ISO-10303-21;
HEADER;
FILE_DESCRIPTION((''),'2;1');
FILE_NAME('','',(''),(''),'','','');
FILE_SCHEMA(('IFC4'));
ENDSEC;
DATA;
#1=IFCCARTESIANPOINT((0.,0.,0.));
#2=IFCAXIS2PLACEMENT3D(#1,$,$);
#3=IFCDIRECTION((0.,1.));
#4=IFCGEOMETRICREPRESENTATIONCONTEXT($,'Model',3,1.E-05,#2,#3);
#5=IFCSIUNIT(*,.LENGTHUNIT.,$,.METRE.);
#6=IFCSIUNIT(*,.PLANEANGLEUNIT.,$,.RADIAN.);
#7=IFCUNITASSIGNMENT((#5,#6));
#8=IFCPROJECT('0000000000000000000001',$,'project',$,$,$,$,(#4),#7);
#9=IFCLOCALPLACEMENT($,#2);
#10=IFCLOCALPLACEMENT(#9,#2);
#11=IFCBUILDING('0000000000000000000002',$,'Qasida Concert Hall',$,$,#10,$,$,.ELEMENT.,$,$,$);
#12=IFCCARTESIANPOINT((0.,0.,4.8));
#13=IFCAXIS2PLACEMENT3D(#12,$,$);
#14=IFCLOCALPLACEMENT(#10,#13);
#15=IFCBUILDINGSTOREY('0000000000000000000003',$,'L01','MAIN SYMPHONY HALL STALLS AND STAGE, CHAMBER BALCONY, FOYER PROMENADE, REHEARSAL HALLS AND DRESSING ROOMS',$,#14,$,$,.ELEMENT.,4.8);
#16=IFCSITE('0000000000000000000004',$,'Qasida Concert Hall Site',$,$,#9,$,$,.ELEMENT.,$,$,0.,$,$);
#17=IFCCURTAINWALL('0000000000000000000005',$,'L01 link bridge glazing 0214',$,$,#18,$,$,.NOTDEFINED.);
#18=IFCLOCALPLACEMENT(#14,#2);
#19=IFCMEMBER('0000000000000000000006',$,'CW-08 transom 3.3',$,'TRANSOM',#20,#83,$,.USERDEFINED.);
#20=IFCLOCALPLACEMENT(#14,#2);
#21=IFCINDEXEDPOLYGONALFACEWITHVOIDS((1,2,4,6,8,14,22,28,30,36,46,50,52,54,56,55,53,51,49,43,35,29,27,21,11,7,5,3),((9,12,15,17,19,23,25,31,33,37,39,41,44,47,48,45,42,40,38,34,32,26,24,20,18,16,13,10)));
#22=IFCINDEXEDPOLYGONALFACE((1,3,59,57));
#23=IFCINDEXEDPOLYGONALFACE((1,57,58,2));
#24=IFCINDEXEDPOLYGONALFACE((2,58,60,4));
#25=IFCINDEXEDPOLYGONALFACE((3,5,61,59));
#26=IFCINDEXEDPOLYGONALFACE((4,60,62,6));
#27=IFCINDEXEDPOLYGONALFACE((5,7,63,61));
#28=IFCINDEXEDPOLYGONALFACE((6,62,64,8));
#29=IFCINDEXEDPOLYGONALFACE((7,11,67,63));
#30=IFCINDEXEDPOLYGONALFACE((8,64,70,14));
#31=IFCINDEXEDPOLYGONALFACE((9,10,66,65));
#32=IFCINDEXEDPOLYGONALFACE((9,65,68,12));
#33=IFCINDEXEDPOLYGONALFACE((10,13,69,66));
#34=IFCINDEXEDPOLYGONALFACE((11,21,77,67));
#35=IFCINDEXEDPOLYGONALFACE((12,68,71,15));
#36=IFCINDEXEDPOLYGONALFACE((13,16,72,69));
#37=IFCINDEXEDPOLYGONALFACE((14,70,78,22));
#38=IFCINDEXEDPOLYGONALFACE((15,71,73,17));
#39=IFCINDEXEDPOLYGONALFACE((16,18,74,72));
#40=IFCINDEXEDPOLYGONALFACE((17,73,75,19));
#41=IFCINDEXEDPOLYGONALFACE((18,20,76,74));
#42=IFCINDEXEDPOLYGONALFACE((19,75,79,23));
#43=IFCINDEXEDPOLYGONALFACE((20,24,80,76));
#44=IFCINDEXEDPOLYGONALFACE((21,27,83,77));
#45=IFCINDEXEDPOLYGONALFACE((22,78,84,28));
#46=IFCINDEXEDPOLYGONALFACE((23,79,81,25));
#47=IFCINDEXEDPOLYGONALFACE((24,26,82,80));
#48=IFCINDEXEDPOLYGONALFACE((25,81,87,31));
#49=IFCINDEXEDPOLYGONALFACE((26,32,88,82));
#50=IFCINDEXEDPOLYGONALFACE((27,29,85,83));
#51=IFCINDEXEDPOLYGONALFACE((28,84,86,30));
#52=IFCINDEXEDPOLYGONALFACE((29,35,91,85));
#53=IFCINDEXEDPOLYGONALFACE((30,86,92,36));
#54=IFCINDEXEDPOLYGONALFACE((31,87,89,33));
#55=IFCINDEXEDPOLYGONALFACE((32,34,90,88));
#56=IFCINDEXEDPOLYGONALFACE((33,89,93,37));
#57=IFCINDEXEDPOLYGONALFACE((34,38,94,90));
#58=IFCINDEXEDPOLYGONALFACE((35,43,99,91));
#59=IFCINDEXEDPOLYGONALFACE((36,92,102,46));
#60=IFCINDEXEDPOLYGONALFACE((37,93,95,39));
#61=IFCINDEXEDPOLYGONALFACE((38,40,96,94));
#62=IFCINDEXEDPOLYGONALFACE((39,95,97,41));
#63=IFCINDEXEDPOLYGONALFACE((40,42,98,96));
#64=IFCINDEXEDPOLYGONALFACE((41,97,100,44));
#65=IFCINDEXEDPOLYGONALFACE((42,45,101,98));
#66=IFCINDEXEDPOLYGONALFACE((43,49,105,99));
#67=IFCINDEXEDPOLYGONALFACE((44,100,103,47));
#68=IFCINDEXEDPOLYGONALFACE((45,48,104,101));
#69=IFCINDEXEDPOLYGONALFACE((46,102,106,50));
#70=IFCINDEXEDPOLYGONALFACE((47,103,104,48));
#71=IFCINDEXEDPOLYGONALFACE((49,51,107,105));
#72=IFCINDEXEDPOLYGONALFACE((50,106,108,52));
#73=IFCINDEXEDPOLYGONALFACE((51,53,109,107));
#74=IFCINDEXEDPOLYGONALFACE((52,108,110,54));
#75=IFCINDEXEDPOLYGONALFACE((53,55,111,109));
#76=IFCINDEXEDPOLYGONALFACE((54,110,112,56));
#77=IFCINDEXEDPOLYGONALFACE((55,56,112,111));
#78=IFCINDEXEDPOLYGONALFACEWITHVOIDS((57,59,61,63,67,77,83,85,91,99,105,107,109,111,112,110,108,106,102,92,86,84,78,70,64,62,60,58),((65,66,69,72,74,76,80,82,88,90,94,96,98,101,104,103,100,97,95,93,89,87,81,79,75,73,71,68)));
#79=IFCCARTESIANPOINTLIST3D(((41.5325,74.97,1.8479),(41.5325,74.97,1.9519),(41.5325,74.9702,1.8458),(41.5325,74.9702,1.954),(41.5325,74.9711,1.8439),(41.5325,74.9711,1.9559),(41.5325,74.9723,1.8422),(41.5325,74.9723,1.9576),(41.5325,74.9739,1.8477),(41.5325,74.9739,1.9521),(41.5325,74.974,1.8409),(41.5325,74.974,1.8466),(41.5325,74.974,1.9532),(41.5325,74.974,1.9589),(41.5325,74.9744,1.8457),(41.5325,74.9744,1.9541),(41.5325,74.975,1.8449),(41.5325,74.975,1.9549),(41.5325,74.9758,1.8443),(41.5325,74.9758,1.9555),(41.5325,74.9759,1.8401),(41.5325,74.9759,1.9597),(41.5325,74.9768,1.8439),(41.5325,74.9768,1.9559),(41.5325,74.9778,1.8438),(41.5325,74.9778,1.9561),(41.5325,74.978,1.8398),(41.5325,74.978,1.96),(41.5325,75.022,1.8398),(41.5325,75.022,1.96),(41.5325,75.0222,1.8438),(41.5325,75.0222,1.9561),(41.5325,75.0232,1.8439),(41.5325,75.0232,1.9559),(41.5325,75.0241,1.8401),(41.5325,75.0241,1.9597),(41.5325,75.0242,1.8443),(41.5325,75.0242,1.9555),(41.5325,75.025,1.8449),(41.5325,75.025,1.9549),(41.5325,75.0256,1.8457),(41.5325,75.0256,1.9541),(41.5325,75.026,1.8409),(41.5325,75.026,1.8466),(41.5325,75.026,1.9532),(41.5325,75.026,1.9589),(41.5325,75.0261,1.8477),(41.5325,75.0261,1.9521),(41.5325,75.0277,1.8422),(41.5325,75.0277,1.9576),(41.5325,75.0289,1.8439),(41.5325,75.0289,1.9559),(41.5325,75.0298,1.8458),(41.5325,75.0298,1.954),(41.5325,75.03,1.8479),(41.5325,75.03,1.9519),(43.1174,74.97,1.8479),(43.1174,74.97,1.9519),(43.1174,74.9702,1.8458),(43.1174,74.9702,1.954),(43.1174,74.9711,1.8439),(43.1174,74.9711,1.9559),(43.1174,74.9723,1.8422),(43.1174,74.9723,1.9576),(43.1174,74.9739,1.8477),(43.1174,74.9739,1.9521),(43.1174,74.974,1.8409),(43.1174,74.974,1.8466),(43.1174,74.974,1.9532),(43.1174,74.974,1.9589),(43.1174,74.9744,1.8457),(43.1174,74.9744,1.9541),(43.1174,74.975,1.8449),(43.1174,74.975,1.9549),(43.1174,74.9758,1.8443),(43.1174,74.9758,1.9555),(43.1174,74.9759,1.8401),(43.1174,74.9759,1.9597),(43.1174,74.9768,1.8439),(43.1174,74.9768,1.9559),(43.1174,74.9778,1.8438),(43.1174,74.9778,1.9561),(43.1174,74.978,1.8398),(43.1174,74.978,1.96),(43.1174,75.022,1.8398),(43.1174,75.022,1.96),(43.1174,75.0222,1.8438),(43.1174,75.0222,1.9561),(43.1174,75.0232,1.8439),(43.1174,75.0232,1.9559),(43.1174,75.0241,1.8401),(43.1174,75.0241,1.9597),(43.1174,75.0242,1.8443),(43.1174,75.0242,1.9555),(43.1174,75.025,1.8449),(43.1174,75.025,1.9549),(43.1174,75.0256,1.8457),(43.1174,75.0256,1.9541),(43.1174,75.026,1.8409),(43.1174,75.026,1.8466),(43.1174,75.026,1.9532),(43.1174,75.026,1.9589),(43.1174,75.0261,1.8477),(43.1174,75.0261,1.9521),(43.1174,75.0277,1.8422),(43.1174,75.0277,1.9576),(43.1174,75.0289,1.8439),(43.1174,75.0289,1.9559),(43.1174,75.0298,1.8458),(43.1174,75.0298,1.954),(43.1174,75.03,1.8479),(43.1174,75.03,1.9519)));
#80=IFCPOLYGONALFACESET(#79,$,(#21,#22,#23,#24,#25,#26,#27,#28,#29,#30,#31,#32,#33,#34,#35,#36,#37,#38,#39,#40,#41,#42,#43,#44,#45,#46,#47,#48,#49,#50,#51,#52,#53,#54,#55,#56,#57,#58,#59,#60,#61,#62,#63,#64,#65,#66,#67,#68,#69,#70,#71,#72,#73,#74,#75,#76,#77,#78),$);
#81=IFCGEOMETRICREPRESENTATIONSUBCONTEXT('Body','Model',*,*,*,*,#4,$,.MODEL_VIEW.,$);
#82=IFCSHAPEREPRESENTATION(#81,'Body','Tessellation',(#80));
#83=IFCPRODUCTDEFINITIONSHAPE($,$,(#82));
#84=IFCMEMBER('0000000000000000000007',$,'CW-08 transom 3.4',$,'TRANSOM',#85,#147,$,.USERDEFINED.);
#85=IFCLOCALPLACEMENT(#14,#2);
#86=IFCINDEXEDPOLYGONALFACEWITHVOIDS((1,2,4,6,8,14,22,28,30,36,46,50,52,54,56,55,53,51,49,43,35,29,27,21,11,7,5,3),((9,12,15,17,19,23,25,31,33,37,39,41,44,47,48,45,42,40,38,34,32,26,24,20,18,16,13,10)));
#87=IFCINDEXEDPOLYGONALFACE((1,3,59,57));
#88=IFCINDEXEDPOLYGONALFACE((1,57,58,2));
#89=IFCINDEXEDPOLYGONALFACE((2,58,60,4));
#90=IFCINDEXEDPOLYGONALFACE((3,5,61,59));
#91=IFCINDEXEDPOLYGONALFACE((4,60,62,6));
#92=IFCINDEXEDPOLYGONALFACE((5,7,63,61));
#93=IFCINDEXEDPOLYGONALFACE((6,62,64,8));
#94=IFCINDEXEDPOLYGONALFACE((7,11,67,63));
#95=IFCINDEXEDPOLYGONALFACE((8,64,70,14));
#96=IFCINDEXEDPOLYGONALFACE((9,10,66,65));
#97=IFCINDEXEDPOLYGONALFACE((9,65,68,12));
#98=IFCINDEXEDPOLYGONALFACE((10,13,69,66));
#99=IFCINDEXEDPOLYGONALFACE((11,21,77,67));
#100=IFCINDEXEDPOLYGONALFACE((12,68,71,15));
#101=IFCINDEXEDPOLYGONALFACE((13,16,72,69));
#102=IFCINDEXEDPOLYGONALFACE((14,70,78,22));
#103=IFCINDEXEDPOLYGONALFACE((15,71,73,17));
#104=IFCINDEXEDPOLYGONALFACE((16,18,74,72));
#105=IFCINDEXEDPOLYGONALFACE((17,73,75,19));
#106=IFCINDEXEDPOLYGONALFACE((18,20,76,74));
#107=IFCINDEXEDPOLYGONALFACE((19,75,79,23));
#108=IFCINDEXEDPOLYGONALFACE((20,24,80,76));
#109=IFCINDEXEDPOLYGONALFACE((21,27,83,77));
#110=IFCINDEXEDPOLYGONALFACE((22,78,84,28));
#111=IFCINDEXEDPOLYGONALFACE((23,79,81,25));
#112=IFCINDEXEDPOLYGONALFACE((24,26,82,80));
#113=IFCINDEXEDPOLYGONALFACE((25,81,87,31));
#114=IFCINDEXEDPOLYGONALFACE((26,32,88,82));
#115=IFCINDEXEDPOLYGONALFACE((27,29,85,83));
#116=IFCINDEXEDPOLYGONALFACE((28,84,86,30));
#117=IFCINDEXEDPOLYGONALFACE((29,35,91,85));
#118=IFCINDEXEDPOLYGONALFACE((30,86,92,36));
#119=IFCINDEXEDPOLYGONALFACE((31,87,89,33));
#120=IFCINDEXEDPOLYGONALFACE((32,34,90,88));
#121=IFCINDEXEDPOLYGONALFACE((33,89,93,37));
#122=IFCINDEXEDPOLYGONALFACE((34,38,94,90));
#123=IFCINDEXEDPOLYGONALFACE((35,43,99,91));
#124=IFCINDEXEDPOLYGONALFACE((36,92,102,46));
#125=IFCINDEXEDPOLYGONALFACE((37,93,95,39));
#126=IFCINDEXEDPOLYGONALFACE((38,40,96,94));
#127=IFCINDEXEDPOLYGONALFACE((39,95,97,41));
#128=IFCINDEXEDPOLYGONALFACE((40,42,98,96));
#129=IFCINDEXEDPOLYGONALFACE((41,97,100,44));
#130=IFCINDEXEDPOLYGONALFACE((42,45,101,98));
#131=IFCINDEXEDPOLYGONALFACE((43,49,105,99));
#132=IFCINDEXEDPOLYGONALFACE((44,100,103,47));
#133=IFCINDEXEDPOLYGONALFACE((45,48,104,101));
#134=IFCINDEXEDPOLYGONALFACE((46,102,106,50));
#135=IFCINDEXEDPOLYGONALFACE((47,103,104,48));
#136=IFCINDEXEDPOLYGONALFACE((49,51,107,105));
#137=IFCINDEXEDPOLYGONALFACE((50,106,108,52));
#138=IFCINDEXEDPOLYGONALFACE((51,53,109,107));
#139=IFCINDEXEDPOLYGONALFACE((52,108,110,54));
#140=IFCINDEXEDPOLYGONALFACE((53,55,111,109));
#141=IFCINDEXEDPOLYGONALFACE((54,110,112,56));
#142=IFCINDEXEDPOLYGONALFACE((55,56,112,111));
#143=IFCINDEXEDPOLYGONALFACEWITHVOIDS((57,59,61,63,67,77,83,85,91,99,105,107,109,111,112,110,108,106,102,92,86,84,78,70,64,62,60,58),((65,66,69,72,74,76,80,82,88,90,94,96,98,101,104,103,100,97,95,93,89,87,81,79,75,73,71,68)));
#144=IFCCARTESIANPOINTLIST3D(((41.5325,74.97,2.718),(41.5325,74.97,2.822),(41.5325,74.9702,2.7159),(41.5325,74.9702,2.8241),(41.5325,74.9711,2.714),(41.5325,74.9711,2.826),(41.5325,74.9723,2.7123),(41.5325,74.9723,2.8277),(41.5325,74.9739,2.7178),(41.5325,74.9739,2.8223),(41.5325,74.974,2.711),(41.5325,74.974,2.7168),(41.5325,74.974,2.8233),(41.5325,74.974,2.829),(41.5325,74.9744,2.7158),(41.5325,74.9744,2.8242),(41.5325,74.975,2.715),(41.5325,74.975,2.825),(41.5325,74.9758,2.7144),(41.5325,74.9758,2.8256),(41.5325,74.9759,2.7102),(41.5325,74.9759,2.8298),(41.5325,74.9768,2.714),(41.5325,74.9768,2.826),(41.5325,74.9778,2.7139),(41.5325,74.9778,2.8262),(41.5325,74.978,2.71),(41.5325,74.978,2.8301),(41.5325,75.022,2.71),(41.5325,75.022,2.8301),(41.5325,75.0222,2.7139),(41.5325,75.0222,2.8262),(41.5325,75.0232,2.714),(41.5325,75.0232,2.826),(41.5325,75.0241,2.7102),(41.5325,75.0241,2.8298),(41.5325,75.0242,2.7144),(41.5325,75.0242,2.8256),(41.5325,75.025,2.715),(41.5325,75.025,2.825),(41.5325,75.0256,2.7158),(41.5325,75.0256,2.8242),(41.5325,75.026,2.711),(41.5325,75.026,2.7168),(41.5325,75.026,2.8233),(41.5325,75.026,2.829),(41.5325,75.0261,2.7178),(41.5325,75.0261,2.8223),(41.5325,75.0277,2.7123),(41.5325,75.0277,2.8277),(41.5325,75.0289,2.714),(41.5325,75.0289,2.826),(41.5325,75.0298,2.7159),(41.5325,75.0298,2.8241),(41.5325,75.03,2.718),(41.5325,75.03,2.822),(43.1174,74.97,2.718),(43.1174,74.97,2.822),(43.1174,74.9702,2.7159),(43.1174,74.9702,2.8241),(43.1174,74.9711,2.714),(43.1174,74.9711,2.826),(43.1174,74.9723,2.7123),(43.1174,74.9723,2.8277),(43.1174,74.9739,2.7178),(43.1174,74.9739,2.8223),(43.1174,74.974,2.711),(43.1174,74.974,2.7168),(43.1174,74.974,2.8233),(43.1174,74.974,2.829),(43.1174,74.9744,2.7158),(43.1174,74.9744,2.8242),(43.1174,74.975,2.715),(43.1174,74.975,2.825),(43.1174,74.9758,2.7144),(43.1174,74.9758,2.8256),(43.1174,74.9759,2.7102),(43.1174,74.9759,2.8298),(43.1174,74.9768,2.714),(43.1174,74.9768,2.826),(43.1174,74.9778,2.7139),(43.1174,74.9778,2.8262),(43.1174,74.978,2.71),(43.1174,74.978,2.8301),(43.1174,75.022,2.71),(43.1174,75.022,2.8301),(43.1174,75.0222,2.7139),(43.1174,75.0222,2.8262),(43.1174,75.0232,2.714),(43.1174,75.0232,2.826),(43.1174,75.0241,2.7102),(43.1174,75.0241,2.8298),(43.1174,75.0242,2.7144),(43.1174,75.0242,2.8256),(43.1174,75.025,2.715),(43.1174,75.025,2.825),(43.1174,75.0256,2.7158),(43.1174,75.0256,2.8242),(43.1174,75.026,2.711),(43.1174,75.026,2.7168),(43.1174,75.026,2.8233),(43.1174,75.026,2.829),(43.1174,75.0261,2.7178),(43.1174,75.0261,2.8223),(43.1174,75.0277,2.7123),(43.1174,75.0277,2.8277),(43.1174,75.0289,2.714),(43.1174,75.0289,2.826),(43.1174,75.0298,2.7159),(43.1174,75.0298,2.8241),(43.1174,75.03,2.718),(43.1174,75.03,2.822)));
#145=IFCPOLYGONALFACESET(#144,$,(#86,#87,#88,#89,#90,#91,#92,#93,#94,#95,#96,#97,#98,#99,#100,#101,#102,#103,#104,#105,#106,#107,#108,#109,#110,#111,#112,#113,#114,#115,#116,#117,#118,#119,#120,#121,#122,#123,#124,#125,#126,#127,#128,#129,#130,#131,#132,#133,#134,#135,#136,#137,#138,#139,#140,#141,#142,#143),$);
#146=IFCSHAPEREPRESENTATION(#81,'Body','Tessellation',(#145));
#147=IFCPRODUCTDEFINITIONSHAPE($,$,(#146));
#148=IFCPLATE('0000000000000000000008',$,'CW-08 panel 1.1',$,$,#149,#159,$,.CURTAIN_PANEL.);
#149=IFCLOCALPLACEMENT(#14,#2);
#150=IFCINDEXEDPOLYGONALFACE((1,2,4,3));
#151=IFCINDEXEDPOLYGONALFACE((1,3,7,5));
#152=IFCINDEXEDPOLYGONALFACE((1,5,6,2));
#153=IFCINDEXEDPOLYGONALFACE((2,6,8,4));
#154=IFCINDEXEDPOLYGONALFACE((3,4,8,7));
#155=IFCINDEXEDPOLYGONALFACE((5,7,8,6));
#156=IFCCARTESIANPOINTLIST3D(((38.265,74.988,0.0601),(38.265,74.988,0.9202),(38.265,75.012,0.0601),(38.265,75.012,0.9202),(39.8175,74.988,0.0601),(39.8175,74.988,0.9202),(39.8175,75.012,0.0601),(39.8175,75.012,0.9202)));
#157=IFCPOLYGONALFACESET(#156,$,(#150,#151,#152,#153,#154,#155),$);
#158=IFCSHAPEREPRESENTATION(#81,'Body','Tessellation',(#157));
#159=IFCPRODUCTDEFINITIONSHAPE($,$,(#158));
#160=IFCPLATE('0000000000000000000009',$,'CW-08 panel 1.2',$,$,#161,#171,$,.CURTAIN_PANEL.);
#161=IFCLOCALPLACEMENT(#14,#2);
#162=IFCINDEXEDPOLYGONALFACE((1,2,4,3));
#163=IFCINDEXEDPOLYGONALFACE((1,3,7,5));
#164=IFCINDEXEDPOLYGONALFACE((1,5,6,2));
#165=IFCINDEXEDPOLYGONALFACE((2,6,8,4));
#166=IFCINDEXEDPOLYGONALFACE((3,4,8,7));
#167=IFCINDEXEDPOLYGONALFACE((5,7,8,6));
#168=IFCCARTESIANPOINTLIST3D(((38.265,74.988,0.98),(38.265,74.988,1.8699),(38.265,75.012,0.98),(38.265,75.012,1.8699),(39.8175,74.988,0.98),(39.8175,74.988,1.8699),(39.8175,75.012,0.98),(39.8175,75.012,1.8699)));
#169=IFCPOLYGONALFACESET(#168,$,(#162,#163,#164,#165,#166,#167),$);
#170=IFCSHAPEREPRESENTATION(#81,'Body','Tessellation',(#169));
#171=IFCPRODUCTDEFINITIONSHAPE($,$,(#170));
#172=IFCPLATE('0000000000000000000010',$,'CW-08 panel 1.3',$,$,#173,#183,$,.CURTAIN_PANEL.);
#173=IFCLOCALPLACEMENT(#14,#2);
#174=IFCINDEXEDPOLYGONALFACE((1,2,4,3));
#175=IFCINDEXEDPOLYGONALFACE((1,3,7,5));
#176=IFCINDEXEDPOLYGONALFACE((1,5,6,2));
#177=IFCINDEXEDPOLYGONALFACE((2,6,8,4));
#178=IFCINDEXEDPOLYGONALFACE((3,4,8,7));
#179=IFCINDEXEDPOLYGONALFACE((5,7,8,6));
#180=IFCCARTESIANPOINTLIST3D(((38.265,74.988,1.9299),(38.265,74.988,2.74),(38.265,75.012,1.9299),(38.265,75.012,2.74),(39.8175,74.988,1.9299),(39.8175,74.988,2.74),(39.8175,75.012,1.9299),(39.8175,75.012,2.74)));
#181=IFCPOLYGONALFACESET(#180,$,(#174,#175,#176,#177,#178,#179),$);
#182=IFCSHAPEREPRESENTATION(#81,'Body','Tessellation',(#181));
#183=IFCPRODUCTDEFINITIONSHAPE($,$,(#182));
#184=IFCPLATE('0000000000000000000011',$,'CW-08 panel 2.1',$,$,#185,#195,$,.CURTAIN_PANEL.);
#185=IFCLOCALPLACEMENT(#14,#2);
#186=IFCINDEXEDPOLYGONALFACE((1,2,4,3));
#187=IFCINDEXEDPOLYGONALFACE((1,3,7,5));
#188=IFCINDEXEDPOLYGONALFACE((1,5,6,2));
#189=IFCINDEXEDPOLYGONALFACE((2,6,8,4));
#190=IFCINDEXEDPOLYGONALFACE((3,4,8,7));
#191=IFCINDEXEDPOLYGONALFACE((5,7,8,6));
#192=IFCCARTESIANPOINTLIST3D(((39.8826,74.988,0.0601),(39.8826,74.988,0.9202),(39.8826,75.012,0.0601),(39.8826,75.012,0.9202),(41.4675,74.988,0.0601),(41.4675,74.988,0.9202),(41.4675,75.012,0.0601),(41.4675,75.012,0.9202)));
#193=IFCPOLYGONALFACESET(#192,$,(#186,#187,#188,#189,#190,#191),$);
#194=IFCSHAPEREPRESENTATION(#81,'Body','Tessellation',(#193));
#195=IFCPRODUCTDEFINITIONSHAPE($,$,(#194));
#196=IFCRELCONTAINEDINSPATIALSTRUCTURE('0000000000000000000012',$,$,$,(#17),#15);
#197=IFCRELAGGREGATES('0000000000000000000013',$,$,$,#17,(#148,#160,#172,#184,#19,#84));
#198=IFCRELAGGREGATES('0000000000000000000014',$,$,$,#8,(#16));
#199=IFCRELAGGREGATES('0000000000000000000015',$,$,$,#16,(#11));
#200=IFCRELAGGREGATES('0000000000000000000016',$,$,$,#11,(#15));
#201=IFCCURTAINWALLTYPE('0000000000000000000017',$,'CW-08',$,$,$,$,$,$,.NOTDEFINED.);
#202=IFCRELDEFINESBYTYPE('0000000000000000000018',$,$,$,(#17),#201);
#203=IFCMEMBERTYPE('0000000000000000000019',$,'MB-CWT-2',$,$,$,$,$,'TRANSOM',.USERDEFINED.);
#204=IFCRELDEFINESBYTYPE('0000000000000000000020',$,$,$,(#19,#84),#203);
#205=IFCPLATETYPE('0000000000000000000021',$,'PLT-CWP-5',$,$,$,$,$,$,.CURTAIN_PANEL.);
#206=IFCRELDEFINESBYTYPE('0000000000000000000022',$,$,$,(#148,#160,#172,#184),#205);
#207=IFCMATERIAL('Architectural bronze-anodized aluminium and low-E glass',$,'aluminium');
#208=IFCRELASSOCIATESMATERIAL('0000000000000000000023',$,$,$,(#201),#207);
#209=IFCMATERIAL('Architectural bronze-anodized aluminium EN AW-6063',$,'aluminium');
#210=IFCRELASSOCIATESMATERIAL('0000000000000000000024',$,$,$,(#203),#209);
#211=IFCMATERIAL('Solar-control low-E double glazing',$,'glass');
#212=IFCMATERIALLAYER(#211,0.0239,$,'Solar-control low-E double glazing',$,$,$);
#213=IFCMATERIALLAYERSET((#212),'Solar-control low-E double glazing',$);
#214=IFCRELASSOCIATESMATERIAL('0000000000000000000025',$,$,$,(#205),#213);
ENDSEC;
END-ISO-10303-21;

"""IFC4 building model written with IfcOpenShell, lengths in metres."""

from ifc_helpers import new_model, si_unit, direction, frame, origin, origin_2d, place, context, subcontext, project, spatial, rectangle, hollow_rectangle, extrude, material, layer, layer_set, material_profile, profile_set, type_object, element, aggregate, save


model = new_model("IFC4")

# Units and contexts
model_context = context("Model", 3, precision=1e-05, world=origin(), true_north=direction((0.0, 1.0)))
body_context = subcontext(model_context, "Body", "Model", "MODEL_VIEW")
ifc_project = project(units=[si_unit("LENGTHUNIT", "METRE"), si_unit("PLANEANGLEUNIT", "RADIAN")], contexts=[model_context])

# Site, building, storey
site_placement = place(None, origin())
site = spatial("IfcSite", under=ifc_project, at=site_placement, Name="Qasida Concert Hall Site", CompositionType="ELEMENT", RefElevation=0.0)
building_placement = place(site_placement, origin())
building = spatial("IfcBuilding", under=site, at=building_placement, Name="Qasida Concert Hall", CompositionType="ELEMENT")
storey_placement = place(building_placement, frame((0.0, 0.0, 4.8)))
storey = spatial("IfcBuildingStorey", under=building, at=storey_placement, Name="L01", Description="MAIN SYMPHONY HALL STALLS AND STAGE, CHAMBER BALCONY, FOYER PROMENADE, REHEARSAL HALLS AND DRESSING ROOMS", CompositionType="ELEMENT", Elevation=4.8)

# Curtain wall, members, plates
ifc_material_1 = material(Name="Architectural bronze-anodized aluminium and low-E glass", Category="aluminium")
curtain_wall_type = type_object("IfcCurtainWallType", Name="CW-08", PredefinedType="NOTDEFINED", material=ifc_material_1)
curtain_wall_placement = place(storey_placement, origin())
curtain_wall = element("IfcCurtainWall", 1, at=curtain_wall_placement, inside=storey, type_object=curtain_wall_type, Name="L01 link bridge glazing 0214", PredefinedType="NOTDEFINED")
ifc_material_2 = material(Name="Architectural bronze-anodized aluminium EN AW-6063", Category="aluminium")
ifc_material_profile_1 = material_profile(ifc_material_2, hollow_rectangle(XDim=0.0601, YDim=0.1201, WallThickness=0.0039, InnerFilletRadius=0.0039, OuterFilletRadius=0.0081, at=origin_2d()), Name="CWT 120x60x4")
ifc_profile_set_1 = profile_set([ifc_material_profile_1], Name="Architectural bronze-anodized aluminium EN AW-6063")
member_type_1 = type_object("IfcMemberType", Name="MB-CWT-2", ElementType="TRANSOM", PredefinedType="USERDEFINED", material=ifc_profile_set_1)
member_1_placement = place(storey_placement, frame((41.5325, 75.0, 1.8999), z_axis=(1.0, 0.0, 0.0), x_axis=(0.0, 1.0, 0.0)))
member_1 = element("IfcMember", 2, at=member_1_placement, type_object=member_type_1, Name="CW-08 transom 3.3", ObjectType="TRANSOM", PredefinedType="USERDEFINED", context=body_context, shape_type="SweptSolid", body=[
    extrude(hollow_rectangle(XDim=0.0601, YDim=0.1201, WallThickness=0.0039, InnerFilletRadius=0.0039, OuterFilletRadius=0.0081, at=origin_2d()), origin(), (0.0, 0.0, 1.0), 1.585),
])
member_2_placement = place(storey_placement, frame((41.5325, 75.0, 2.77), z_axis=(1.0, 0.0, 0.0), x_axis=(0.0, 1.0, 0.0)))
member_2 = element("IfcMember", 3, at=member_2_placement, type_object=member_type_1, Name="CW-08 transom 3.4", ObjectType="TRANSOM", PredefinedType="USERDEFINED", context=body_context, shape_type="SweptSolid", body=[
    extrude(hollow_rectangle(XDim=0.0601, YDim=0.1201, WallThickness=0.0039, InnerFilletRadius=0.0039, OuterFilletRadius=0.0081, at=origin_2d()), origin(), (0.0, 0.0, 1.0), 1.585),
])
ifc_material_3 = material(Name="Solar-control low-E double glazing", Category="glass")
ifc_layer = layer(ifc_material_3, 0.0239, Name="Solar-control low-E double glazing")
ifc_layer_set = layer_set([ifc_layer], Name="Solar-control low-E double glazing")
plate_type = type_object("IfcPlateType", Name="PLT-CWP-5", PredefinedType="CURTAIN_PANEL", material=ifc_layer_set)
plate_1_placement = place(storey_placement, frame((39.0413, 75.0, 0.0601), z_axis=(0.0, 0.0, 1.0), x_axis=(1.0, 0.0, 0.0)))
plate_1 = element("IfcPlate", 4, at=plate_1_placement, type_object=plate_type, Name="CW-08 panel 1.1", PredefinedType="CURTAIN_PANEL", context=body_context, shape_type="SweptSolid", body=[
    extrude(rectangle(XDim=1.5525, YDim=0.0239, at=origin_2d()), origin(), (0.0, 0.0, 1.0), 0.8601),
])
plate_2_placement = place(storey_placement, frame((39.0413, 75.0, 0.98), z_axis=(0.0, 0.0, 1.0), x_axis=(1.0, 0.0, 0.0)))
plate_2 = element("IfcPlate", 5, at=plate_2_placement, type_object=plate_type, Name="CW-08 panel 1.2", PredefinedType="CURTAIN_PANEL", context=body_context, shape_type="SweptSolid", body=[
    extrude(rectangle(XDim=1.5525, YDim=0.0239, at=origin_2d()), origin(), (0.0, 0.0, 1.0), 0.8899),
])
plate_3_placement = place(storey_placement, frame((39.0413, 75.0, 1.9299), z_axis=(0.0, 0.0, 1.0), x_axis=(1.0, 0.0, 0.0)))
plate_3 = element("IfcPlate", 6, at=plate_3_placement, type_object=plate_type, Name="CW-08 panel 1.3", PredefinedType="CURTAIN_PANEL", context=body_context, shape_type="SweptSolid", body=[
    extrude(rectangle(XDim=1.5525, YDim=0.0239, at=origin_2d()), origin(), (0.0, 0.0, 1.0), 0.8101),
])
plate_4_placement = place(storey_placement, frame((40.675, 75.0, 0.0601), z_axis=(0.0, 0.0, 1.0), x_axis=(1.0, 0.0, 0.0)))
plate_4 = element("IfcPlate", 7, at=plate_4_placement, type_object=plate_type, Name="CW-08 panel 2.1", PredefinedType="CURTAIN_PANEL", context=body_context, shape_type="SweptSolid", body=[
    extrude(rectangle(XDim=1.585, YDim=0.0239, at=origin_2d()), origin(), (0.0, 0.0, 1.0), 0.8601),
])
aggregate(curtain_wall, [plate_1, plate_2, plate_3, plate_4, member_1, member_2])

save(model, "model.ifc")
